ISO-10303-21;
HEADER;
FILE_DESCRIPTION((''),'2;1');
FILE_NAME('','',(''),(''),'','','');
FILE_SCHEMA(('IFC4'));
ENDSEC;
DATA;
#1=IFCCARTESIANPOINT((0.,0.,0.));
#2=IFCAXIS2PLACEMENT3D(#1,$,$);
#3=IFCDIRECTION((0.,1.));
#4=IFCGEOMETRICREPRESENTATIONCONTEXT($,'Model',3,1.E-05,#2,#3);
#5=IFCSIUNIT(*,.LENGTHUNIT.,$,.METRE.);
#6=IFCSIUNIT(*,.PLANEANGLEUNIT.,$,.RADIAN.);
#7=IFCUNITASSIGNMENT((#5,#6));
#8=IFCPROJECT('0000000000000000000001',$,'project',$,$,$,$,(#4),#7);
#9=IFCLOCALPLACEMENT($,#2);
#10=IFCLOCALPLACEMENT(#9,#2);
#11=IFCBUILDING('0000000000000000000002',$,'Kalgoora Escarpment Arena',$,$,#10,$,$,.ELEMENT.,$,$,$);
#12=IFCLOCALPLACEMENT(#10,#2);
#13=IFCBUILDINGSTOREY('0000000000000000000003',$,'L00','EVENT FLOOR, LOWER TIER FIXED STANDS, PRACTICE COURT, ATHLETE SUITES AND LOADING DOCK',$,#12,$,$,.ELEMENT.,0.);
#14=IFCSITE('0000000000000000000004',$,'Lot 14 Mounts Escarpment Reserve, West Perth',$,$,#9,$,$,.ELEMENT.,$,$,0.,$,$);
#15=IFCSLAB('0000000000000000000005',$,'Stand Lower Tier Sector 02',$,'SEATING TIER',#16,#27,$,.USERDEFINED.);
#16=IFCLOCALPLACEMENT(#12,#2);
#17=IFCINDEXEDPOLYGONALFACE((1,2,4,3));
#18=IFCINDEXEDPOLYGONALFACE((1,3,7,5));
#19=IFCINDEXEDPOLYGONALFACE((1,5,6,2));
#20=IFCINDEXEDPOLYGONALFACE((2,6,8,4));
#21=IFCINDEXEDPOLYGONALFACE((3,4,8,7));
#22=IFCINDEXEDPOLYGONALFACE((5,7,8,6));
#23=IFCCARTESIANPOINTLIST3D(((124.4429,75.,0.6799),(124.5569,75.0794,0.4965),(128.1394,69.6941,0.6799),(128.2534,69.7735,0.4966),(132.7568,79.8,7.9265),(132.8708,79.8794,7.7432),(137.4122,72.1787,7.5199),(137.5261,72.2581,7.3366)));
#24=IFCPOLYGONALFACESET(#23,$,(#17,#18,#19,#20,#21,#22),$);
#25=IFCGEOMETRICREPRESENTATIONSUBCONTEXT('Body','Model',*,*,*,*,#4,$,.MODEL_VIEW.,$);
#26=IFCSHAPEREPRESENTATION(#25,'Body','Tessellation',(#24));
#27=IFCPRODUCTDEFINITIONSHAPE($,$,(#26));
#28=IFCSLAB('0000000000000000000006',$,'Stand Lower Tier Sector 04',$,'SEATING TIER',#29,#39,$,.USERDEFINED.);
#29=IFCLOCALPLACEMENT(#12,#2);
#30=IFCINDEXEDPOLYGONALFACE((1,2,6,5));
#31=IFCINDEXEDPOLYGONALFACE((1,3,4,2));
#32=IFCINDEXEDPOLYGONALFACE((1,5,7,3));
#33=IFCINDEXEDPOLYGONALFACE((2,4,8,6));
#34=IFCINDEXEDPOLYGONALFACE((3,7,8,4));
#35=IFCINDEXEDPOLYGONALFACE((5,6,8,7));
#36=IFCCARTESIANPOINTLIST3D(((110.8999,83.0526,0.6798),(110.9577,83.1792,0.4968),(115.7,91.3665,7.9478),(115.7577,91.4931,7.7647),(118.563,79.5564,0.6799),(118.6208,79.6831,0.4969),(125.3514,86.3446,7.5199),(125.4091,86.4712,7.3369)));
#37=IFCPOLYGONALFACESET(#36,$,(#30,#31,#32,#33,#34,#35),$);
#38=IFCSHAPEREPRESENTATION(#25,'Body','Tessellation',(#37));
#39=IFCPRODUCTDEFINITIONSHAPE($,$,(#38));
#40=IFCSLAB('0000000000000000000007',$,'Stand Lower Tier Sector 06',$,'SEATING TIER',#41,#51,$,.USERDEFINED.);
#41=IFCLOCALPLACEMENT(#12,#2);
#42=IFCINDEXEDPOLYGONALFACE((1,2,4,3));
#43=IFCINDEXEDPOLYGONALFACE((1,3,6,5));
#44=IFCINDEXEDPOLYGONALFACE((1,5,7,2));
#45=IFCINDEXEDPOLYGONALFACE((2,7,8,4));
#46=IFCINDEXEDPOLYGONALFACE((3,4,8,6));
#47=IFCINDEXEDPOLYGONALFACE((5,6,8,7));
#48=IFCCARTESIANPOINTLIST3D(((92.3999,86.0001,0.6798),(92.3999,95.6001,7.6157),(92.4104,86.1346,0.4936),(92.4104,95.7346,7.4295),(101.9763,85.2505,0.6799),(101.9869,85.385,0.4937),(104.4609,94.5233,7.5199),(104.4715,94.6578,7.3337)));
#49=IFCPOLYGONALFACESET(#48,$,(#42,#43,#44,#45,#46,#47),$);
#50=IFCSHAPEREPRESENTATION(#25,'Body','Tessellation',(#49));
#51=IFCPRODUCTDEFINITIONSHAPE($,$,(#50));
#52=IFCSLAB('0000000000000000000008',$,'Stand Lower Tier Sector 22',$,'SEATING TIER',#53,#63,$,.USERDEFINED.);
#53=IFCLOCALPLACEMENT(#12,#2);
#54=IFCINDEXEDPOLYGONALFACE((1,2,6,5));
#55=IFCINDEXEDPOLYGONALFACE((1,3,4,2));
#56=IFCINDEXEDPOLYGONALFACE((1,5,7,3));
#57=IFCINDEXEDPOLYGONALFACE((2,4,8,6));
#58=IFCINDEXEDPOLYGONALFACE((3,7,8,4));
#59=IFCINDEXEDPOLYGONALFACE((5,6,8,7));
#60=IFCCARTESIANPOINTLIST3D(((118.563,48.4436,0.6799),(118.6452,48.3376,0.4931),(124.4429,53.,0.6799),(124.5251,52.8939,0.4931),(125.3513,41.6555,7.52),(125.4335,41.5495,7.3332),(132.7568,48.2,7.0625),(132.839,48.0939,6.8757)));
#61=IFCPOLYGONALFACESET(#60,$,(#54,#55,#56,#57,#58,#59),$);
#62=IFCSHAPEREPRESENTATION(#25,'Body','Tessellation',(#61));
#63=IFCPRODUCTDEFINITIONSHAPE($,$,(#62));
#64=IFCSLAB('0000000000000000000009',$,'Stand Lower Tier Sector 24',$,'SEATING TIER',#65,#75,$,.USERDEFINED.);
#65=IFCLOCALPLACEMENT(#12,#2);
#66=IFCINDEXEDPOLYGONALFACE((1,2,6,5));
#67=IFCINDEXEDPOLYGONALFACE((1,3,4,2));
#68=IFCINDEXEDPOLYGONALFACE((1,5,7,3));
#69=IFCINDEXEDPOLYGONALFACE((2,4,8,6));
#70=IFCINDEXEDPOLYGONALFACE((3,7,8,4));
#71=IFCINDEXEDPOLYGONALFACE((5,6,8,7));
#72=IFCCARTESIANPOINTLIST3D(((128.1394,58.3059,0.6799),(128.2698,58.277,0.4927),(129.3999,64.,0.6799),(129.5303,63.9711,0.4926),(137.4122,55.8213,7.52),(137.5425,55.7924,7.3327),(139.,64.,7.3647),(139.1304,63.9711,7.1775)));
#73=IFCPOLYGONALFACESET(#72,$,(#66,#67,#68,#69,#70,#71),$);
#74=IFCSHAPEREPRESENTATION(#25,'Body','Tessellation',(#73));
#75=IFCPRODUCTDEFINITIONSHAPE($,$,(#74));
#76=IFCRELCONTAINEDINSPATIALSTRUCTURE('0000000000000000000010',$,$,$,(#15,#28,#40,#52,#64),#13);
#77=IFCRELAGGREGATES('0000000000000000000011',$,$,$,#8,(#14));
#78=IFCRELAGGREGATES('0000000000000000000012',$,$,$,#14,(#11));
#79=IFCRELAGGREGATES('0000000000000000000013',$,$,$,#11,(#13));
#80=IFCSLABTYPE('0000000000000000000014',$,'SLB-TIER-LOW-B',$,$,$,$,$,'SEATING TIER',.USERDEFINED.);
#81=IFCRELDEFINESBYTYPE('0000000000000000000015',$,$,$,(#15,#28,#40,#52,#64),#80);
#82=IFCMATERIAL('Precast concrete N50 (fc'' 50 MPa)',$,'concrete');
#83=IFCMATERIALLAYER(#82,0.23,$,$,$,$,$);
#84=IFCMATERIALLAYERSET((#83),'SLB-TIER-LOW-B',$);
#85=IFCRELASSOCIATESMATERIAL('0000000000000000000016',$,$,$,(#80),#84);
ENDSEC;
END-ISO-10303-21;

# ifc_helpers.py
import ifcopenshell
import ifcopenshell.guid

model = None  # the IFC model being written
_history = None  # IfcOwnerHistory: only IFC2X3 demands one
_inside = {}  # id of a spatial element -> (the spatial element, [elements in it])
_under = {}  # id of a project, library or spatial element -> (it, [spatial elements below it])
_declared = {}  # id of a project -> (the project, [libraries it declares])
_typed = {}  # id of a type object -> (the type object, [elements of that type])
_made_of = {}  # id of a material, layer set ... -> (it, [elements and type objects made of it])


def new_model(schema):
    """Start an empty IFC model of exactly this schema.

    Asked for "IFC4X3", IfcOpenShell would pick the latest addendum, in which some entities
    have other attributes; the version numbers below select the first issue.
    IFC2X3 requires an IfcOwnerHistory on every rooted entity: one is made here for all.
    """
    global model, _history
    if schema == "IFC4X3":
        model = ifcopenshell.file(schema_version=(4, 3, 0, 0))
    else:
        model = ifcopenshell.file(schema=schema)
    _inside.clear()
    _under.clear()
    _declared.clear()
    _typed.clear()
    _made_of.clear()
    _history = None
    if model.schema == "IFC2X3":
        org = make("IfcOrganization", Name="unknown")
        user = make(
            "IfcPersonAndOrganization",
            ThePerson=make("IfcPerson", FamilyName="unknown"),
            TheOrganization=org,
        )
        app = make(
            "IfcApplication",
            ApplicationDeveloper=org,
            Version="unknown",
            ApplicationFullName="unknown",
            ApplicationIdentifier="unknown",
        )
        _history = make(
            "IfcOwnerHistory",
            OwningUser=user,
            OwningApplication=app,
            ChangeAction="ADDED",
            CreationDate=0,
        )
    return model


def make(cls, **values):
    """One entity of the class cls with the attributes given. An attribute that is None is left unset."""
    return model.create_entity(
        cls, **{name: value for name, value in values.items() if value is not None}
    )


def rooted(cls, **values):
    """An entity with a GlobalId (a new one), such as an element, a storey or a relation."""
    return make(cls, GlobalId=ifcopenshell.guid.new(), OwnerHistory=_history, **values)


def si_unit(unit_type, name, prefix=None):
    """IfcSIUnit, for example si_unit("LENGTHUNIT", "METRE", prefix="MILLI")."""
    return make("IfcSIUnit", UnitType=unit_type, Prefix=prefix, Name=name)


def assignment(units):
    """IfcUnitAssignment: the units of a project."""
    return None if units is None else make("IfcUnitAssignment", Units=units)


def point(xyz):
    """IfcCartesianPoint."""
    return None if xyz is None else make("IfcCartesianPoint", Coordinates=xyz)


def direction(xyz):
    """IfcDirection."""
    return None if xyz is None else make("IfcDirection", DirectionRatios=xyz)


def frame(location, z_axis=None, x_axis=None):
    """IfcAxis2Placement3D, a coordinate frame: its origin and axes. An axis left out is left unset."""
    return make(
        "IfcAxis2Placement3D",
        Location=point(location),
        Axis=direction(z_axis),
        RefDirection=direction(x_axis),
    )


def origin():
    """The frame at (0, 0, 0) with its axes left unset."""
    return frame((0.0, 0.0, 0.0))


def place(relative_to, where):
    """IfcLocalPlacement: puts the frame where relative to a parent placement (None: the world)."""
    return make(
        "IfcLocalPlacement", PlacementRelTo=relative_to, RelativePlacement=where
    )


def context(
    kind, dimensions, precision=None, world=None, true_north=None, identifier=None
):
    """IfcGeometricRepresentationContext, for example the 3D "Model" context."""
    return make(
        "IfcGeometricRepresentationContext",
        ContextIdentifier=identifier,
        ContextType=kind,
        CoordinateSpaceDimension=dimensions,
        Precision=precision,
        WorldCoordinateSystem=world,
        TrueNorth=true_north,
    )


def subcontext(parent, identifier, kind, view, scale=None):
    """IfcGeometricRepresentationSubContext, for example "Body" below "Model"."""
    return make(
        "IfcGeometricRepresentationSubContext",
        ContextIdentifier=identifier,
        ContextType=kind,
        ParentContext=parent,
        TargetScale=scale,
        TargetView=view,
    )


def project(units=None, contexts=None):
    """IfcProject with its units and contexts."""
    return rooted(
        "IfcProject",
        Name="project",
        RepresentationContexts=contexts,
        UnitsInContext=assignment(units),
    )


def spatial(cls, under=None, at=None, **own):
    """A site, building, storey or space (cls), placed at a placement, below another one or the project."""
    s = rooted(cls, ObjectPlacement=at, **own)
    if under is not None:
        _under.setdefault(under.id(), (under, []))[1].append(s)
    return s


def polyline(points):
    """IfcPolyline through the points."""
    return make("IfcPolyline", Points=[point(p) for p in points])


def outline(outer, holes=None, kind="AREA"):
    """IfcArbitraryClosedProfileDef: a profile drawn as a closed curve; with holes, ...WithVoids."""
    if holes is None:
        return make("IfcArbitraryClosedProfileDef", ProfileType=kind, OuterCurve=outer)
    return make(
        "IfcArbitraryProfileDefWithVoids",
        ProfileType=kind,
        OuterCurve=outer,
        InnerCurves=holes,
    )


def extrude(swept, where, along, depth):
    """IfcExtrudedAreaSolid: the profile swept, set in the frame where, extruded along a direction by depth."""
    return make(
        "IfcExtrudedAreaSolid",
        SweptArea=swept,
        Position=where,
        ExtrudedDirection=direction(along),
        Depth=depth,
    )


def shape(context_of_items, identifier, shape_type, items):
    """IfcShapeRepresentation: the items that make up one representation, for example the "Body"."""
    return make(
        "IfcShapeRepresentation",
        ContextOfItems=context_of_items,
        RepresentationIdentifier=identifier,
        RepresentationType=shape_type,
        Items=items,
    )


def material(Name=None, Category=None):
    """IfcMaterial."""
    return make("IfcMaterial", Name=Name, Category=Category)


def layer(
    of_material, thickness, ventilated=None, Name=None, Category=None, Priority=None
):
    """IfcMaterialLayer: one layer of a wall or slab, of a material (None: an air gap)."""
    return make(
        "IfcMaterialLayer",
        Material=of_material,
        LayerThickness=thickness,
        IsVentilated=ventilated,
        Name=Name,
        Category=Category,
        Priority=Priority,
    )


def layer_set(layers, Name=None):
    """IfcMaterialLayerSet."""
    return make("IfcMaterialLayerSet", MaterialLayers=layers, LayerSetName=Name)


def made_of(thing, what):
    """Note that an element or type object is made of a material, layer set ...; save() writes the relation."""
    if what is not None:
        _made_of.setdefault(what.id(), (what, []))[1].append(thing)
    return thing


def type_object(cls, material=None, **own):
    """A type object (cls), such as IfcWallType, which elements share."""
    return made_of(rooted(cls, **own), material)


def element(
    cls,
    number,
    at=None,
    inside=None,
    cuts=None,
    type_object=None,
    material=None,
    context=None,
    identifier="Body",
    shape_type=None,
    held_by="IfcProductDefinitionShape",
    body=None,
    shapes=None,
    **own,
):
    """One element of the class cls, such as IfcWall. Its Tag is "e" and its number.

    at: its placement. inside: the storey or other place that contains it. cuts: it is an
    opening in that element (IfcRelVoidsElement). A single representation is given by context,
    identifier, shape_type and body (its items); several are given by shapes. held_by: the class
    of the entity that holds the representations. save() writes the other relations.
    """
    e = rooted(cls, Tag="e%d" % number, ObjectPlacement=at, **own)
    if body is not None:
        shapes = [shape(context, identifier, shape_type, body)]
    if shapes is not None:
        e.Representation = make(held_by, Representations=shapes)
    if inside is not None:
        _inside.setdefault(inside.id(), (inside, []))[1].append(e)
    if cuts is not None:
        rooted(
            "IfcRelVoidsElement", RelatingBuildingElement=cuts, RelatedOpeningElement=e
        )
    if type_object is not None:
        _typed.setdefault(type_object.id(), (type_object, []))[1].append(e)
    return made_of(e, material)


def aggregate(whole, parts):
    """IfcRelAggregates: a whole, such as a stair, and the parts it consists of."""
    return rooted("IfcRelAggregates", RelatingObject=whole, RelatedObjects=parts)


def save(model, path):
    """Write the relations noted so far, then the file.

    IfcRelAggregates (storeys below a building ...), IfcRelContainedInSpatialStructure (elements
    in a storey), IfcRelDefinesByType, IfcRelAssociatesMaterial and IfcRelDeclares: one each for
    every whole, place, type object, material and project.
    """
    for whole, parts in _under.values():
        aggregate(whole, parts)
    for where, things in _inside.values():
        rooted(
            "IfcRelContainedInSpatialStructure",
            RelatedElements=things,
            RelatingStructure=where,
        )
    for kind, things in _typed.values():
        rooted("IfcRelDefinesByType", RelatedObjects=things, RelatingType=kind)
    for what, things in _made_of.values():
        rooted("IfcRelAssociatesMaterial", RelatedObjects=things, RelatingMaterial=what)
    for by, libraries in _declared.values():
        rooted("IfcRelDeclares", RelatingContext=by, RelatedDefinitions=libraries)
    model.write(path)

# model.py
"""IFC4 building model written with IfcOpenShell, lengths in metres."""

from ifc_helpers import new_model, si_unit, direction, frame, origin, place, context, subcontext, project, spatial, polyline, outline, extrude, material, layer, layer_set, type_object, element, save


model = new_model("IFC4")

# Units and contexts
model_context = context("Model", 3, precision=1e-05, world=origin(), true_north=direction((0.0, 1.0)))
body_context = subcontext(model_context, "Body", "Model", "MODEL_VIEW")
ifc_project = project(units=[si_unit("LENGTHUNIT", "METRE"), si_unit("PLANEANGLEUNIT", "RADIAN")], contexts=[model_context])

# Site, building, storey
site_placement = place(None, origin())
site = spatial("IfcSite", under=ifc_project, at=site_placement, Name="Lot 14 Mounts Escarpment Reserve, West Perth", CompositionType="ELEMENT", RefElevation=0.0)
building_placement = place(site_placement, origin())
building = spatial("IfcBuilding", under=site, at=building_placement, Name="Kalgoora Escarpment Arena", CompositionType="ELEMENT")
storey_placement = place(building_placement, origin())
storey = spatial("IfcBuildingStorey", under=building, at=storey_placement, Name="L00", Description="EVENT FLOOR, LOWER TIER FIXED STANDS, PRACTICE COURT, ATHLETE SUITES AND LOADING DOCK", CompositionType="ELEMENT", Elevation=0.0)

# Slabs
ifc_material_1 = material(Name="Precast concrete N50 (fc' 50 MPa)", Category="concrete")
ifc_layer_1 = layer(ifc_material_1, 0.23)
ifc_layer_set_1 = layer_set([ifc_layer_1], Name="SLB-TIER-LOW-B")
slab_type_1 = type_object("IfcSlabType", Name="SLB-TIER-LOW-B", ElementType="SEATING TIER", PredefinedType="USERDEFINED", material=ifc_layer_set_1)
slab_1_placement = place(storey_placement, frame((128.1394, 69.6941, 0.6799), z_axis=(-0.495481, -0.345176, 0.79709), x_axis=(-0.571627, 0.820514, -0.000011)))
element("IfcSlab", 1, at=slab_1_placement, inside=storey, type_object=slab_type_1, Name="Stand Lower Tier Sector 02", ObjectType="SEATING TIER", PredefinedType="USERDEFINED", context=body_context, shape_type="SweptSolid", body=[
    extrude(outline(polyline([(0.0, 0.0), (6.4666, 0.0), (5.6525, -12.0005), (-3.2619, -11.3271), (0.0, 0.0)])), origin(), (0.0, 0.0, -1.0), 0.23),
])
slab_2_placement = place(storey_placement, frame((118.563, 79.5564, 0.6799), z_axis=(-0.251281, -0.550741, 0.795954), x_axis=(-0.909786, 0.415079, -0.000014)))
element("IfcSlab", 2, at=slab_2_placement, inside=storey, type_object=slab_type_1, Name="Stand Lower Tier Sector 04", ObjectType="SEATING TIER", PredefinedType="USERDEFINED", context=body_context, shape_type="SweptSolid", body=[
    extrude(outline(polyline([(0.0, 0.0), (8.4229, 0.0), (7.5068, -12.006), (-3.3584, -11.299), (0.0, 0.0)])), origin(), (0.0, 0.0, -1.0), 0.23),
])
slab_3_placement = place(storey_placement, frame((101.9763, 85.2505, 0.6799), z_axis=(-0.0458, -0.585017, 0.809727), x_axis=(-0.996951, 0.078035, -0.00001)))
element("IfcSlab", 3, at=slab_3_placement, inside=storey, type_object=slab_type_1, Name="Stand Lower Tier Sector 06", ObjectType="SEATING TIER", PredefinedType="USERDEFINED", context=body_context, shape_type="SweptSolid", body=[
    extrude(outline(polyline([(0.0, 0.0), (9.6057, 0.0), (10.3548, -11.8197), (-1.7535, -11.6563), (0.0, 0.0)])), origin(), (0.0, 0.0, -1.0), 0.23),
])
slab_4_placement = place(storey_placement, frame((118.563, 48.4436, 0.6799), z_axis=(-0.357317, 0.46111, 0.81222), x_axis=(0.790449, 0.612527, -0.000002)))
element("IfcSlab", 4, at=slab_4_placement, inside=storey, type_object=slab_type_1, Name="Stand Lower Tier Sector 22", ObjectType="SEATING TIER", PredefinedType="USERDEFINED", context=body_context, shape_type="SweptSolid", body=[
    extrude(outline(polyline([(0.0, 0.0), (7.4387, 0.0), (11.0703, -10.9413), (1.2079, -11.7255), (0.0, 0.0)])), origin(), (0.0, 0.0, -1.0), 0.23),
])
slab_5_placement = place(storey_placement, frame((128.1394, 58.3059, 0.6799), z_axis=(-0.566925, 0.125515, 0.814151), x_axis=(0.216145, 0.976361, -0.000012)))
element("IfcSlab", 5, at=slab_5_placement, inside=storey, type_object=slab_type_1, Name="Stand Lower Tier Sector 24", ObjectType="SEATING TIER", PredefinedType="USERDEFINED", context=body_context, shape_type="SweptSolid", body=[
    extrude(outline(polyline([(0.0, 0.0), (5.8319, 0.0), (7.9069, -11.5127), (-0.4217, -11.7799), (0.0, 0.0)])), origin(), (0.0, 0.0, -1.0), 0.23),
])

save(model, "model.ifc")
